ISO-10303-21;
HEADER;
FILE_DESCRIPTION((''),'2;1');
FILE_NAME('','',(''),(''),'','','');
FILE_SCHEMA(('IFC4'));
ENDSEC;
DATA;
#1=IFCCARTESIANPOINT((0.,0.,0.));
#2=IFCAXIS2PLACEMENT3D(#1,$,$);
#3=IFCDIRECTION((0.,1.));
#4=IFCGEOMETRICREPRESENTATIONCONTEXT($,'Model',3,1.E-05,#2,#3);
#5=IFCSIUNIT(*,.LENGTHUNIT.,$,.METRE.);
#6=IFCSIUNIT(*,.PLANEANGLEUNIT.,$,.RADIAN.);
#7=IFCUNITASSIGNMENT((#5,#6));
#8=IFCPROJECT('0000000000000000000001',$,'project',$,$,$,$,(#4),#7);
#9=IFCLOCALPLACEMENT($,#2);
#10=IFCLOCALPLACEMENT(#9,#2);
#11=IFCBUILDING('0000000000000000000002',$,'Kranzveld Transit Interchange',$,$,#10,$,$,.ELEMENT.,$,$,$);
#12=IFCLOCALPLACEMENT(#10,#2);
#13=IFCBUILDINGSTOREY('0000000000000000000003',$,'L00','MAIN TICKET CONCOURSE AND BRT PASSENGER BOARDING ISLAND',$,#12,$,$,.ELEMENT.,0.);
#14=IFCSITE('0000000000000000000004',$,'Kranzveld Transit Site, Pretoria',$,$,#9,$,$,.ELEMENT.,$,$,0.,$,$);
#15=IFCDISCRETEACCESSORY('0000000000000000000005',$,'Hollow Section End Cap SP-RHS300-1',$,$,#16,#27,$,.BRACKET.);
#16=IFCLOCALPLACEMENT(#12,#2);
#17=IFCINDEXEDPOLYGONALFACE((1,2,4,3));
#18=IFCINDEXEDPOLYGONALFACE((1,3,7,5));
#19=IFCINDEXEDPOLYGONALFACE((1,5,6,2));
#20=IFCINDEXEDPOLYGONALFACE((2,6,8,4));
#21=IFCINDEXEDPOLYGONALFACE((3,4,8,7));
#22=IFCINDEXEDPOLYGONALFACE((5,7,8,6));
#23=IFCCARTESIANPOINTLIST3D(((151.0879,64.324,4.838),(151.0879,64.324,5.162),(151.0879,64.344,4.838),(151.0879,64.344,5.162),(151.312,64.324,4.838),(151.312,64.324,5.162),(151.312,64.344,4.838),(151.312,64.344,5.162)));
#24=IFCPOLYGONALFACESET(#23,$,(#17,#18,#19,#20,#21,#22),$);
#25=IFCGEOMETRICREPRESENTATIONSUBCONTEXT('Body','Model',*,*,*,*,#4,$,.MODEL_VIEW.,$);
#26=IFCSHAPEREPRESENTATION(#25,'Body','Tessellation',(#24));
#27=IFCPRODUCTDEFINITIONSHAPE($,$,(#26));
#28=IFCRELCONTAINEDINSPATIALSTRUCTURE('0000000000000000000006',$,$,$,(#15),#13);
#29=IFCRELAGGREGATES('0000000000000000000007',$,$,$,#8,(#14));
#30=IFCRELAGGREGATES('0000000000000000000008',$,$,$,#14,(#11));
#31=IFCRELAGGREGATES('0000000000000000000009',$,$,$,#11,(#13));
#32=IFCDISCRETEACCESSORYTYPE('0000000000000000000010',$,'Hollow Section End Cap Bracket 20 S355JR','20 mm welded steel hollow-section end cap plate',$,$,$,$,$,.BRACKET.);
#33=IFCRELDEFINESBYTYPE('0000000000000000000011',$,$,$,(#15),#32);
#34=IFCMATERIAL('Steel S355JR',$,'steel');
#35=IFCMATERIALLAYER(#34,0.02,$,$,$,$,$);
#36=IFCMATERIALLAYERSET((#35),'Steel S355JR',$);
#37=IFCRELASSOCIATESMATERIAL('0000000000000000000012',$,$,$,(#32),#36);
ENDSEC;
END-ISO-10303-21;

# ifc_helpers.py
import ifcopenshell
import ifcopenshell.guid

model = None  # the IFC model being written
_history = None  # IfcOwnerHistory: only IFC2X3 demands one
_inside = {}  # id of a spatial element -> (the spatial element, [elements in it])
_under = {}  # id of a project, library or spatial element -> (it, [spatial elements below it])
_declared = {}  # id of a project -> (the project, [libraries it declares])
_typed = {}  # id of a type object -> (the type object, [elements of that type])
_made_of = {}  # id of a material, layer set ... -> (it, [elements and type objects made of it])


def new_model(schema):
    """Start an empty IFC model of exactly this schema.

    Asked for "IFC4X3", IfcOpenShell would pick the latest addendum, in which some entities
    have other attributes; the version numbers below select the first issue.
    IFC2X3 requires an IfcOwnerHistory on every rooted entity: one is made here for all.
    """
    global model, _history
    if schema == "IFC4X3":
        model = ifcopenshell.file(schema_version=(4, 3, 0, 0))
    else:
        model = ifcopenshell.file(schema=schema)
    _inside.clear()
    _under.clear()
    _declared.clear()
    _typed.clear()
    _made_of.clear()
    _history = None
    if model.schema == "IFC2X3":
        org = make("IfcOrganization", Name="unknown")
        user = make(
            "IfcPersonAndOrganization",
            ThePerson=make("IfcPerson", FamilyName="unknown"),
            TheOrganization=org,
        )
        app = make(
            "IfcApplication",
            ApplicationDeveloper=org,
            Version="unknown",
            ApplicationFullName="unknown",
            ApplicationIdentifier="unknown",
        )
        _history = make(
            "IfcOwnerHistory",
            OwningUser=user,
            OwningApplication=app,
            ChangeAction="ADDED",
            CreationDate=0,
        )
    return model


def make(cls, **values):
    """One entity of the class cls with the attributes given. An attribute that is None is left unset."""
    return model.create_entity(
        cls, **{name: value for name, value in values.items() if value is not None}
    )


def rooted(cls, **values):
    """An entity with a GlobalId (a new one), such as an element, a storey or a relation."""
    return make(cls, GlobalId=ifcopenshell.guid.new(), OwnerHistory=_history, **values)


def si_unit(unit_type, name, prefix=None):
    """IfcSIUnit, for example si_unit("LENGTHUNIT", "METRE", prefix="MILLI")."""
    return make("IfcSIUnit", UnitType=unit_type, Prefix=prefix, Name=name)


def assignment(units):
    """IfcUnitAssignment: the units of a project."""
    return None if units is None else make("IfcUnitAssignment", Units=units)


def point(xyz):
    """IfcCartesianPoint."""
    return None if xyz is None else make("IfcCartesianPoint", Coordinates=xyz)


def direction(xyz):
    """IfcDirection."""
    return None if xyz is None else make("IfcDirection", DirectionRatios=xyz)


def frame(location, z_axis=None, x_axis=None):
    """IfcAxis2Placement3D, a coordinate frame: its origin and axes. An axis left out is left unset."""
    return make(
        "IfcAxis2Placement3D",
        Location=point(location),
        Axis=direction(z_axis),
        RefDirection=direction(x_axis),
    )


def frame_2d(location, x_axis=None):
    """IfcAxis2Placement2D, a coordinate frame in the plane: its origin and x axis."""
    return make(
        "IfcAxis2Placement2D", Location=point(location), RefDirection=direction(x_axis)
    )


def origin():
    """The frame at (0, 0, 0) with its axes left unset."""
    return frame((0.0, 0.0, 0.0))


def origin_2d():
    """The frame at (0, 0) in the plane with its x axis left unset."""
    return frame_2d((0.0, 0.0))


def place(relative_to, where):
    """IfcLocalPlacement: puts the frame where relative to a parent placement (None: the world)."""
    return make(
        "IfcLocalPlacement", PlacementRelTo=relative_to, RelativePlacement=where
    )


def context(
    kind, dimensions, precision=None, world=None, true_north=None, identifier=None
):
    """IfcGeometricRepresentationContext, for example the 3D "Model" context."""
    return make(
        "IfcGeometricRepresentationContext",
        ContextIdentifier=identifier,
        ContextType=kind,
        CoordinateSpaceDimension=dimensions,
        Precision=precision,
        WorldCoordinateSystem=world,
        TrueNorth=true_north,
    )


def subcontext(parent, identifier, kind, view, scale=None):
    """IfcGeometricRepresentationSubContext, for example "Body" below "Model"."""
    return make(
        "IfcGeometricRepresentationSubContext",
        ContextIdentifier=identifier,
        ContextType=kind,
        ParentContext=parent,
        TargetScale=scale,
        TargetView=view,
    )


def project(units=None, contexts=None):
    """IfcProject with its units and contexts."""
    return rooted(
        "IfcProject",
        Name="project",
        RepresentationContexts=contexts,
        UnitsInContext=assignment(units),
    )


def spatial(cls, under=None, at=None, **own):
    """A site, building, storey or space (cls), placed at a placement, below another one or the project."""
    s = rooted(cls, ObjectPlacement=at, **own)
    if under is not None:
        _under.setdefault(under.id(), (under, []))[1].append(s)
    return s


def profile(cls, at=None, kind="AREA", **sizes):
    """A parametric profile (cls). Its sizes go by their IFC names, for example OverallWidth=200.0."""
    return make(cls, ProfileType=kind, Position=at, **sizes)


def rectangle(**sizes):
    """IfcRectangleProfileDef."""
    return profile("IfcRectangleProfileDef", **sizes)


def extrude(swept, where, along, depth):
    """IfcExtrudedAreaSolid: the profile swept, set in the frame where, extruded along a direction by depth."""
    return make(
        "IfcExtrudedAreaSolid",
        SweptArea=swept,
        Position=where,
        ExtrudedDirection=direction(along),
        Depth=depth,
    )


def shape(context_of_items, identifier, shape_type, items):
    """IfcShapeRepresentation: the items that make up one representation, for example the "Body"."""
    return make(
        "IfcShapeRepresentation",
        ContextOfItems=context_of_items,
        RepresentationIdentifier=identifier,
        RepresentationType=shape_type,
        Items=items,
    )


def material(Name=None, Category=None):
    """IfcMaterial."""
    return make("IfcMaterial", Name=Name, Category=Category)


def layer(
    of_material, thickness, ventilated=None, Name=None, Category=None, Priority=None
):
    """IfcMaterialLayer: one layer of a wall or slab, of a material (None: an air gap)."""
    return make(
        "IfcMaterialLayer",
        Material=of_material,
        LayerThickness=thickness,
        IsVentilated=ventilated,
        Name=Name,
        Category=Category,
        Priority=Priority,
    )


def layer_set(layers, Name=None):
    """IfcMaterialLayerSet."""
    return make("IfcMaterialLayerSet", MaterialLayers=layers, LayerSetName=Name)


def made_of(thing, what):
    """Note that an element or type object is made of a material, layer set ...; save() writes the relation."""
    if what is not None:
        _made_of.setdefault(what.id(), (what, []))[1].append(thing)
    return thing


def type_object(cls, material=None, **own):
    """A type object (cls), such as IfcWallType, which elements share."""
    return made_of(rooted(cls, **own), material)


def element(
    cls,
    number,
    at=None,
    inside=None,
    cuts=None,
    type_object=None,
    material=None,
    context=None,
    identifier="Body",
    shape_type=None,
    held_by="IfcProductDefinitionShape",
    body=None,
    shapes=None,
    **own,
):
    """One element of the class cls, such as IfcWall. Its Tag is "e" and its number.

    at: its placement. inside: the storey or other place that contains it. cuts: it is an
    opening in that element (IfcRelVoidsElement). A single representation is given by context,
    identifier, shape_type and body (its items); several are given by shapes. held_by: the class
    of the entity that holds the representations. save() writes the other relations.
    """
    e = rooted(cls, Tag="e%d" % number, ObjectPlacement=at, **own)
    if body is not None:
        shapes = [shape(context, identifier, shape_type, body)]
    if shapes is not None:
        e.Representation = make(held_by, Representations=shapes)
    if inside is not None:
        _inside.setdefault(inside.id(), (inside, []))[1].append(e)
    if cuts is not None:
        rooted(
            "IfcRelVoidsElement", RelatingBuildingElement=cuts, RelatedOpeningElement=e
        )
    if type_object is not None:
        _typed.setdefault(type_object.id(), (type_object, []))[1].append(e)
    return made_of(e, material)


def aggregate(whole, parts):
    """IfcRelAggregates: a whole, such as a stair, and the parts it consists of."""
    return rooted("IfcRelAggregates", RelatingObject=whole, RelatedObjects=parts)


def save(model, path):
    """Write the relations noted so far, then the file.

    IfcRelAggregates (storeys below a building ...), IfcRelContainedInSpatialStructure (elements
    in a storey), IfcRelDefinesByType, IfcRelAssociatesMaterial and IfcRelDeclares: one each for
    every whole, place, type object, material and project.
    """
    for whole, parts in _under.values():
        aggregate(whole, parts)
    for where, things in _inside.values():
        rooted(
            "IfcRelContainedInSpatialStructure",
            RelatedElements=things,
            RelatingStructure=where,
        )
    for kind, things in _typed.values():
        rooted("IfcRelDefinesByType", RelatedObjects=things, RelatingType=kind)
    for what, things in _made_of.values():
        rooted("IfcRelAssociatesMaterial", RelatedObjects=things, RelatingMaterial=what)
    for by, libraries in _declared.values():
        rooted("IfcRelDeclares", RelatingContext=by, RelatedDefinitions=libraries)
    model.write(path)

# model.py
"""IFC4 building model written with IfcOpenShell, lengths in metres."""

from ifc_helpers import new_model, si_unit, direction, frame, origin, origin_2d, place, context, subcontext, project, spatial, rectangle, extrude, material, layer, layer_set, type_object, element, save


model = new_model("IFC4")

# Units and contexts
model_context = context("Model", 3, precision=1e-05, world=origin(), true_north=direction((0.0, 1.0)))
body_context = subcontext(model_context, "Body", "Model", "MODEL_VIEW")
ifc_project = project(units=[si_unit("LENGTHUNIT", "METRE"), si_unit("PLANEANGLEUNIT", "RADIAN")], contexts=[model_context])

# Site, building, storey
site_placement = place(None, origin())
site = spatial("IfcSite", under=ifc_project, at=site_placement, Name="Kranzveld Transit Site, Pretoria", CompositionType="ELEMENT", RefElevation=0.0)
building_placement = place(site_placement, origin())
building = spatial("IfcBuilding", under=site, at=building_placement, Name="Kranzveld Transit Interchange", CompositionType="ELEMENT")
storey_placement = place(building_placement, origin())
storey = spatial("IfcBuildingStorey", under=building, at=storey_placement, Name="L00", Description="MAIN TICKET CONCOURSE AND BRT PASSENGER BOARDING ISLAND", CompositionType="ELEMENT", Elevation=0.0)

# Discrete accessory
ifc_material_1 = material(Name="Steel S355JR", Category="steel")
ifc_layer_1 = layer(ifc_material_1, 0.02)
ifc_layer_set_1 = layer_set([ifc_layer_1], Name="Steel S355JR")
discrete_accessory_type = type_object("IfcDiscreteAccessoryType", Name="Hollow Section End Cap Bracket 20 S355JR", Description="20 mm welded steel hollow-section end cap plate", PredefinedType="BRACKET", material=ifc_layer_set_1)
discrete_accessory_placement = place(storey_placement, frame((151.2, 64.344, 5.0), z_axis=(0.0, -1.0, 0.0), x_axis=(1.0, 0.0, 0.0)))
element("IfcDiscreteAccessory", 1, at=discrete_accessory_placement, inside=storey, type_object=discrete_accessory_type, Name="Hollow Section End Cap SP-RHS300-1", PredefinedType="BRACKET", context=body_context, shape_type="SweptSolid", body=[
    extrude(rectangle(XDim=0.2241, YDim=0.324, at=origin_2d()), origin(), (0.0, 0.0, 1.0), 0.02),
])

save(model, "model.ifc")
